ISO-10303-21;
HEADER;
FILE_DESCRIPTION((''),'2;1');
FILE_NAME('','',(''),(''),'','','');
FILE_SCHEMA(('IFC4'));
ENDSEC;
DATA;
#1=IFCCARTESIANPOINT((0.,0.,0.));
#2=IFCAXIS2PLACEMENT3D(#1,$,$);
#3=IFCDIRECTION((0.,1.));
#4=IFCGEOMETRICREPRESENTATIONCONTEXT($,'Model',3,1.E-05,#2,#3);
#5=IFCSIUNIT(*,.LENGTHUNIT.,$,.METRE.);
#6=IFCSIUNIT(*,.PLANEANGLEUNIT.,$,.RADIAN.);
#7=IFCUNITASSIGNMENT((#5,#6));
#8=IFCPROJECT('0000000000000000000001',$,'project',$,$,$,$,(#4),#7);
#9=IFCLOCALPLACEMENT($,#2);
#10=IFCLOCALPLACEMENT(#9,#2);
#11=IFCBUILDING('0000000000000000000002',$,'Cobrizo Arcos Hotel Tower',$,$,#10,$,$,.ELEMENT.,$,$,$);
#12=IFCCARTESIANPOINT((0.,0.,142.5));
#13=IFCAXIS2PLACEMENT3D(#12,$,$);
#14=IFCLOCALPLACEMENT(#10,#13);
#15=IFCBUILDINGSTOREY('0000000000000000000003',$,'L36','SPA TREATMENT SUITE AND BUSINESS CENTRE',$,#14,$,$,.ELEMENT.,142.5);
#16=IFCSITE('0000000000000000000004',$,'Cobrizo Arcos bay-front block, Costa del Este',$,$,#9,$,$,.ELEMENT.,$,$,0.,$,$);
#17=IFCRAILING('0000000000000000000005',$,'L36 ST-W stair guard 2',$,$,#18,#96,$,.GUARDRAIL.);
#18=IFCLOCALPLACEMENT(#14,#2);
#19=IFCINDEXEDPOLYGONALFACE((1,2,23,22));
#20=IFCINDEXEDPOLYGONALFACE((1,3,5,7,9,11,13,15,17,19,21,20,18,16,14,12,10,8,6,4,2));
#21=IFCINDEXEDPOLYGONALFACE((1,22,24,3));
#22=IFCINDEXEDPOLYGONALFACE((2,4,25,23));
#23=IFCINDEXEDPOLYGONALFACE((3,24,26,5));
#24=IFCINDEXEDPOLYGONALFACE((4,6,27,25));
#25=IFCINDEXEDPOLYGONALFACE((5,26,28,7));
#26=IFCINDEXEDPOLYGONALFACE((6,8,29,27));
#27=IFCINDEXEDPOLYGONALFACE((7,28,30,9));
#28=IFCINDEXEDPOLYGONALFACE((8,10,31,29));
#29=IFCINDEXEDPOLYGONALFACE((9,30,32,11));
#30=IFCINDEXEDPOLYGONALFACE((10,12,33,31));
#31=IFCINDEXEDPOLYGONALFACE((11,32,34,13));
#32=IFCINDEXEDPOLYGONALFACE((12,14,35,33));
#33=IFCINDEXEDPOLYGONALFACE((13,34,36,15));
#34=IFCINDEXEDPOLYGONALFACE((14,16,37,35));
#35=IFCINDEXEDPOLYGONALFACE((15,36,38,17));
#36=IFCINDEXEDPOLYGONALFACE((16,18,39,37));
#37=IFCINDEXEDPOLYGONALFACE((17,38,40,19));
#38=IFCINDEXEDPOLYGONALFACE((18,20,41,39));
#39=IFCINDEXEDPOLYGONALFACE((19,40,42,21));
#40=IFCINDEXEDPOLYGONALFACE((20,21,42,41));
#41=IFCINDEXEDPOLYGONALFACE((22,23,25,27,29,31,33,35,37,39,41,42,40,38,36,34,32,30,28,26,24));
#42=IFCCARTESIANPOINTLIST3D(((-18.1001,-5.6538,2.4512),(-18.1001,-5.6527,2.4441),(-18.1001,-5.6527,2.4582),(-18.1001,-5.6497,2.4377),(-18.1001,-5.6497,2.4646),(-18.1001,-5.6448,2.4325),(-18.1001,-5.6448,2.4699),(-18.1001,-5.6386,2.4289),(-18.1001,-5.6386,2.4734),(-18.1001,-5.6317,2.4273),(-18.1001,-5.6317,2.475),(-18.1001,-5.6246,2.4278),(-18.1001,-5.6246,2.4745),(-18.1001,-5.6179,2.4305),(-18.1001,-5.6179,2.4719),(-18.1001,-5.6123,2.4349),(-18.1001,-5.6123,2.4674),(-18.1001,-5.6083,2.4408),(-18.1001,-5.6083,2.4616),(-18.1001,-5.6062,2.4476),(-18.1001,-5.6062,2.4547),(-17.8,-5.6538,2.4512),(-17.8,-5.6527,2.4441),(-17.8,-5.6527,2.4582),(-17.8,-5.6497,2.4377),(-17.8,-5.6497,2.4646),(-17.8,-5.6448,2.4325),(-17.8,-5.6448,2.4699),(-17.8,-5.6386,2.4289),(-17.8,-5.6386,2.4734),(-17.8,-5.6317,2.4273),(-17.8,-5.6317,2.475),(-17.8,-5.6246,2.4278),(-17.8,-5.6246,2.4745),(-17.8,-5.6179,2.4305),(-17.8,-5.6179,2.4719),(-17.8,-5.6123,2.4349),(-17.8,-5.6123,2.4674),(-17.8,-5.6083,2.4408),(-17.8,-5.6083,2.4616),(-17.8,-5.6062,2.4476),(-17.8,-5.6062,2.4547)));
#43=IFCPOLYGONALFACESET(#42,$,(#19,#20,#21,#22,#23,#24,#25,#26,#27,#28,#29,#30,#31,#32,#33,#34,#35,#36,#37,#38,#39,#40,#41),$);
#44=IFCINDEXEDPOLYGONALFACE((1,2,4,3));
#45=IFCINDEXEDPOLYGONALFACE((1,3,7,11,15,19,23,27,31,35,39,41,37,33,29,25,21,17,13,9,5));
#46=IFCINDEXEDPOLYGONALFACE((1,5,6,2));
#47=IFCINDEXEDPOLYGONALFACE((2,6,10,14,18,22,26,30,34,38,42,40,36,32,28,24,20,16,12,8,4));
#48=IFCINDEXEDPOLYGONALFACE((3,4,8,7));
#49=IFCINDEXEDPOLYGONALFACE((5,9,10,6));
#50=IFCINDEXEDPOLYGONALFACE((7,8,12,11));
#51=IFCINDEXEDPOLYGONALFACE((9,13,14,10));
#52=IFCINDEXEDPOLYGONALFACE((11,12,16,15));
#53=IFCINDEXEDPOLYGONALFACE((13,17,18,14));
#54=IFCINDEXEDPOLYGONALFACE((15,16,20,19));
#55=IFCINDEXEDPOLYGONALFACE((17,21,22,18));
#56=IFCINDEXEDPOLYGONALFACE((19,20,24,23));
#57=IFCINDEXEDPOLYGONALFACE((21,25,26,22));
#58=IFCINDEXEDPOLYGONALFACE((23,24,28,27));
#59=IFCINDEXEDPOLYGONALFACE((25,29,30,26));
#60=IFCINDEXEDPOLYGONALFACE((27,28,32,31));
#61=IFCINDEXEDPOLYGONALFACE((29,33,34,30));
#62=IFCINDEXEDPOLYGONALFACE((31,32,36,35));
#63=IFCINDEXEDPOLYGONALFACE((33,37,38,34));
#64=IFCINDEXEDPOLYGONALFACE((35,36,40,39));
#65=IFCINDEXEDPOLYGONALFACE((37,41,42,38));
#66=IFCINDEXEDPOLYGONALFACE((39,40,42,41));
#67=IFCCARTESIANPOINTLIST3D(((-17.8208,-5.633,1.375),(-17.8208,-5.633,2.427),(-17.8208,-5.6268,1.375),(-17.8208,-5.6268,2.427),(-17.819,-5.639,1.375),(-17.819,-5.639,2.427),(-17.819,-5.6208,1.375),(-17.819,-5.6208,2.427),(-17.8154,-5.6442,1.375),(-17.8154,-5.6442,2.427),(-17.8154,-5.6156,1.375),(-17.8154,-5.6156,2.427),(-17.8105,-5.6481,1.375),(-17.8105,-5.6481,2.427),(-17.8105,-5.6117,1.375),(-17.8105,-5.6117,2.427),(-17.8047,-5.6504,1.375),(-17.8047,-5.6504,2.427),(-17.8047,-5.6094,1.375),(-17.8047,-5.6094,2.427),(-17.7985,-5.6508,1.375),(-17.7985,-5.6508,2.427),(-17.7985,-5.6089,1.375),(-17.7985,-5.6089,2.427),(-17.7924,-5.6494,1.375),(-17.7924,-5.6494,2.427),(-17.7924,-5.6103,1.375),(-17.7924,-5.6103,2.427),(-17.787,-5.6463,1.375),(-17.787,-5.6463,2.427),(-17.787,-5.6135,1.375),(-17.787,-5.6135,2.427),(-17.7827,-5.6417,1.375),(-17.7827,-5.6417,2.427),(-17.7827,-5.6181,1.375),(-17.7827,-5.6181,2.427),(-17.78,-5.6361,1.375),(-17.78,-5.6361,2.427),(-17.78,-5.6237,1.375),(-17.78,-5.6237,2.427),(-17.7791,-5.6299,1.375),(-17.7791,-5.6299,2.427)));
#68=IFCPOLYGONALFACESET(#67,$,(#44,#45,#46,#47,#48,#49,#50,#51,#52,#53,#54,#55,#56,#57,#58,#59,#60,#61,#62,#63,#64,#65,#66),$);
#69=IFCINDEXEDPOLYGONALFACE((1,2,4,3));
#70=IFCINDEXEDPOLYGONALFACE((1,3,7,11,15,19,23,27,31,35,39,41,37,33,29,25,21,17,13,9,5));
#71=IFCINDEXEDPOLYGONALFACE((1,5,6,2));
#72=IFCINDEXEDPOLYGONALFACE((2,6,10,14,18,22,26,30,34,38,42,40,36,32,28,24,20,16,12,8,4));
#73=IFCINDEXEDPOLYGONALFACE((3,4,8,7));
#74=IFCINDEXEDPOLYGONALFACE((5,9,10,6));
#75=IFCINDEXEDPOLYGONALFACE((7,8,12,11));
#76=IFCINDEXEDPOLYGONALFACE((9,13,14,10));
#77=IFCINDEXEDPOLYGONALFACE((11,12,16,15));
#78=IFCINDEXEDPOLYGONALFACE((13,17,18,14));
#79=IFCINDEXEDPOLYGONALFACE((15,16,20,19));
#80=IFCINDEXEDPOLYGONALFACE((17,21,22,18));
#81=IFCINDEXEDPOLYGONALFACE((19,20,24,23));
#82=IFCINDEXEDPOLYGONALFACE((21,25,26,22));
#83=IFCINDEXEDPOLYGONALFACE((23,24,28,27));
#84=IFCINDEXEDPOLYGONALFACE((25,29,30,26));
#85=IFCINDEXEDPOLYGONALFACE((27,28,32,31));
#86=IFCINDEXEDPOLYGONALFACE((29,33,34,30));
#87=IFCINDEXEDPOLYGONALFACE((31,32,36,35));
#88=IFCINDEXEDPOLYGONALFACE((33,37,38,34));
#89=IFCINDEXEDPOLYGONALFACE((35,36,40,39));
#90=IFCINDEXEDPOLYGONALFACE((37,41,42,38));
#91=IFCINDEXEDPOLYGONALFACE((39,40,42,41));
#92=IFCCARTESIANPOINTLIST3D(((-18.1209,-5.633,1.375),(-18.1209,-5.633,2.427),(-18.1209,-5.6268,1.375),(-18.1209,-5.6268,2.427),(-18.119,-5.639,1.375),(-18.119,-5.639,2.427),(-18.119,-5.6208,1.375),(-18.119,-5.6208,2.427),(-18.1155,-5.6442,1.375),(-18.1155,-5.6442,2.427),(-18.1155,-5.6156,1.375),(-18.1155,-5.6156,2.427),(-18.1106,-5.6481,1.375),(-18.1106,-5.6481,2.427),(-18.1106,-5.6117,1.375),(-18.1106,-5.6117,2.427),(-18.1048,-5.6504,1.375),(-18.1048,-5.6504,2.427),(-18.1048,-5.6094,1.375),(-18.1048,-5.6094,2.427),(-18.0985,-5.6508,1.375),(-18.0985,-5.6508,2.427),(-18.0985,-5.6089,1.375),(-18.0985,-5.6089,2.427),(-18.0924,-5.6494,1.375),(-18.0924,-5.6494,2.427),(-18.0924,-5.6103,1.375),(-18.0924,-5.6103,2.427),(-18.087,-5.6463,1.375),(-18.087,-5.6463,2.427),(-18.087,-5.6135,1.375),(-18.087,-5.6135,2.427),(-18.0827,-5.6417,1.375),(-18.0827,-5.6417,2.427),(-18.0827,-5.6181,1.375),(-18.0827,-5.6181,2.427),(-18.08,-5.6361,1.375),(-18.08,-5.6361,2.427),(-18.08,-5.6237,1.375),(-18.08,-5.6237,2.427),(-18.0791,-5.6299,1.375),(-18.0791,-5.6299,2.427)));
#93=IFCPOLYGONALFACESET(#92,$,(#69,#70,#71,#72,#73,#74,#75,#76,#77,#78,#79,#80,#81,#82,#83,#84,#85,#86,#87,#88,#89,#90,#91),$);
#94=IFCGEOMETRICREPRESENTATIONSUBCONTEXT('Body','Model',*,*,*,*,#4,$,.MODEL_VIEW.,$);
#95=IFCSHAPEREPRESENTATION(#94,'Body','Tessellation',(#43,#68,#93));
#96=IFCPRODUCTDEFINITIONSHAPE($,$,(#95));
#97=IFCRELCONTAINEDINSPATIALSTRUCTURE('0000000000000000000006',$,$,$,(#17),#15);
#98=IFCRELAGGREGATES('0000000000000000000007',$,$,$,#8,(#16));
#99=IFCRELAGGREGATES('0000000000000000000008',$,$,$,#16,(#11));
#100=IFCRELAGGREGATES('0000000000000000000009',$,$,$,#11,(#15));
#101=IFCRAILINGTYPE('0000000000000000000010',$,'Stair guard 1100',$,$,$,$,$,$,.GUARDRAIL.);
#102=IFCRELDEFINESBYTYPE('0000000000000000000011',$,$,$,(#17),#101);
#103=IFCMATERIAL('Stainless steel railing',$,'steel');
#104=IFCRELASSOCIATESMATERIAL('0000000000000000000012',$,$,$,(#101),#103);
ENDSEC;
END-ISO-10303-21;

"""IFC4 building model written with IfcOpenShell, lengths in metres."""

from ifc_helpers import new_model, si_unit, direction, frame, origin, origin_2d, place, context, subcontext, project, spatial, circle, extrude, material, type_object, element, save


model = new_model("IFC4")

# Units and contexts
model_context = context("Model", 3, precision=1e-05, world=origin(), true_north=direction((0.0, 1.0)))
body_context = subcontext(model_context, "Body", "Model", "MODEL_VIEW")
ifc_project = project(units=[si_unit("LENGTHUNIT", "METRE"), si_unit("PLANEANGLEUNIT", "RADIAN")], contexts=[model_context])

# Site, building, storey
site_placement = place(None, origin())
site = spatial("IfcSite", under=ifc_project, at=site_placement, Name="Cobrizo Arcos bay-front block, Costa del Este", CompositionType="ELEMENT", RefElevation=0.0)
building_placement = place(site_placement, origin())
building = spatial("IfcBuilding", under=site, at=building_placement, Name="Cobrizo Arcos Hotel Tower", CompositionType="ELEMENT")
storey_placement = place(building_placement, frame((0.0, 0.0, 142.5)))
storey = spatial("IfcBuildingStorey", under=building, at=storey_placement, Name="L36", Description="SPA TREATMENT SUITE AND BUSINESS CENTRE", CompositionType="ELEMENT", Elevation=142.5)

# Railing
ifc_material_1 = material(Name="Stainless steel railing", Category="steel")
railing_type_1 = type_object("IfcRailingType", Name="Stair guard 1100", PredefinedType="GUARDRAIL", material=ifc_material_1)
railing_1_placement = place(storey_placement, frame((-17.8, -5.6299, 1.375)))
element("IfcRailing", 1, at=railing_1_placement, inside=storey, type_object=railing_type_1, Name="L36 ST-W stair guard 2", PredefinedType="GUARDRAIL", context=body_context, shape_type="SweptSolid", body=[
    extrude(circle(Radius=0.0239, at=origin_2d()), frame((0.0, 0.0, 1.0762), z_axis=(-1.0, 0.0, 0.0), x_axis=(0.0, -1.0, 0.0)), (0.0, 0.0, 1.0), 0.3),
    extrude(circle(Radius=0.021, at=origin_2d()), origin(), (0.0, 0.0, 1.0), 1.052),
    extrude(circle(Radius=0.021, at=origin_2d()), frame((-0.3, 0.0, 0.0)), (0.0, 0.0, 1.0), 1.052),
])

save(model, "model.ifc")
